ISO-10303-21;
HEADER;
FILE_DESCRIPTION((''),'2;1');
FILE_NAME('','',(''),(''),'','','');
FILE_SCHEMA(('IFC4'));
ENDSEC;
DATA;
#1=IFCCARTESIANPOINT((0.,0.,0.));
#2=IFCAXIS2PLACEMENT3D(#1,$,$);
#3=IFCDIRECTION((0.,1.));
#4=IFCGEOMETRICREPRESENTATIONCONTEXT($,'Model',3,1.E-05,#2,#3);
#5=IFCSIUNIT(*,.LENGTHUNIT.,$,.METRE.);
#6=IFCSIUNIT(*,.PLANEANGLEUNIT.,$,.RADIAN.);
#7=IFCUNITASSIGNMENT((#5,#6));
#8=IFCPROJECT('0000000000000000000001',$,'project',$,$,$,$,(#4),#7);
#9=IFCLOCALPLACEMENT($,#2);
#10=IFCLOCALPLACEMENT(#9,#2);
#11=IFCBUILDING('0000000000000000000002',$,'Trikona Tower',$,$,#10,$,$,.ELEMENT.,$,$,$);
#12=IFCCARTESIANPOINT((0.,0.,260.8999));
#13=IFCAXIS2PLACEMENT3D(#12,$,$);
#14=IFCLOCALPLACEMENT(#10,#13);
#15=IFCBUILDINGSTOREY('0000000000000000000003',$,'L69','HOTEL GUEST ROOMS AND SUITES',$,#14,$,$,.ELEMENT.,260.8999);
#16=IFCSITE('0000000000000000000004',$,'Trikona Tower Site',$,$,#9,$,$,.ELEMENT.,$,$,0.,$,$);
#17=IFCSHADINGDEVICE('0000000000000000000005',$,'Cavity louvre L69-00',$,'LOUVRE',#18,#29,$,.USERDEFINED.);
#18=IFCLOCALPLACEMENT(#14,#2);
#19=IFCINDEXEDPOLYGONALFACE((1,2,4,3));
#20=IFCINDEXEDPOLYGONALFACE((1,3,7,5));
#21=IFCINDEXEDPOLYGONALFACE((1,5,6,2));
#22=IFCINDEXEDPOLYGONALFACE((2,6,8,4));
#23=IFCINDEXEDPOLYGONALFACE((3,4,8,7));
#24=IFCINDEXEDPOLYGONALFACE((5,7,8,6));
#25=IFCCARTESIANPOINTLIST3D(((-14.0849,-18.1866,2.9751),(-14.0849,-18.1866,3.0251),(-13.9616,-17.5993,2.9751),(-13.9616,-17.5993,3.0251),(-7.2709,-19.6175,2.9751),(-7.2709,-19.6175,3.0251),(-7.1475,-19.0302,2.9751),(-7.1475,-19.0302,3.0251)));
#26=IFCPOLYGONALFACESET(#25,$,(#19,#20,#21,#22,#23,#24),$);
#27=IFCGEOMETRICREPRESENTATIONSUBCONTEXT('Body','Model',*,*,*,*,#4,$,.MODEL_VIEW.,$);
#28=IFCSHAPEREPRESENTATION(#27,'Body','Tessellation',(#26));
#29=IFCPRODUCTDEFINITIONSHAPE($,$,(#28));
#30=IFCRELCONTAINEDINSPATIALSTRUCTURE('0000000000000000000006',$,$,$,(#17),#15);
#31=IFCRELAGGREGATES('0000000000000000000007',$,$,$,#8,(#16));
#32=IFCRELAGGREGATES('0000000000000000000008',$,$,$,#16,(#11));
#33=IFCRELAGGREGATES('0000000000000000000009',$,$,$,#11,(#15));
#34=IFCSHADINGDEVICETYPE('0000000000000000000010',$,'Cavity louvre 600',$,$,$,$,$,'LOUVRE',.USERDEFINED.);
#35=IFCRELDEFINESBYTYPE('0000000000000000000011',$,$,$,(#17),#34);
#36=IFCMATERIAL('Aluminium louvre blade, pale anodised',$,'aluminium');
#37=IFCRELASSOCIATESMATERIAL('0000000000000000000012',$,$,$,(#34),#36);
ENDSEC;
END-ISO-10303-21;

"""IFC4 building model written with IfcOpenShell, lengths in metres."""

from ifc_helpers import new_model, si_unit, direction, frame, origin, origin_2d, place, context, subcontext, project, spatial, rectangle, extrude, material, type_object, element, save


model = new_model("IFC4")

# Units and contexts
model_context = context("Model", 3, precision=1e-05, world=origin(), true_north=direction((0.0, 1.0)))
body_context = subcontext(model_context, "Body", "Model", "MODEL_VIEW")
ifc_project = project(units=[si_unit("LENGTHUNIT", "METRE"), si_unit("PLANEANGLEUNIT", "RADIAN")], contexts=[model_context])

# Site, building, storey
site_placement = place(None, origin())
site = spatial("IfcSite", under=ifc_project, at=site_placement, Name="Trikona Tower Site", CompositionType="ELEMENT", RefElevation=0.0)
building_placement = place(site_placement, origin())
building = spatial("IfcBuilding", under=site, at=building_placement, Name="Trikona Tower", CompositionType="ELEMENT")
storey_placement = place(building_placement, frame((0.0, 0.0, 260.8999)))
storey = spatial("IfcBuildingStorey", under=building, at=storey_placement, Name="L69", Description="HOTEL GUEST ROOMS AND SUITES", CompositionType="ELEMENT", Elevation=260.8999)

# Shading device
ifc_material_1 = material(Name="Aluminium louvre blade, pale anodised", Category="aluminium")
shading_device_type = type_object("IfcShadingDeviceType", Name="Cavity louvre 600", ElementType="LOUVRE", PredefinedType="USERDEFINED", material=ifc_material_1)
shading_device_placement = place(storey_placement, frame((-10.6162, -18.6084, 2.9751), z_axis=(0.0, 0.0, 1.0), x_axis=(0.978653, -0.205518, 0.0)))
element("IfcShadingDevice", 1, at=shading_device_placement, inside=storey, type_object=shading_device_type, Name="Cavity louvre L69-00", ObjectType="LOUVRE", PredefinedType="USERDEFINED", context=body_context, shape_type="SweptSolid", body=[
    extrude(rectangle(XDim=6.9626, YDim=0.6001, at=origin_2d()), origin(), (0.0, 0.0, 1.0), 0.05),
])

save(model, "model.ifc")
